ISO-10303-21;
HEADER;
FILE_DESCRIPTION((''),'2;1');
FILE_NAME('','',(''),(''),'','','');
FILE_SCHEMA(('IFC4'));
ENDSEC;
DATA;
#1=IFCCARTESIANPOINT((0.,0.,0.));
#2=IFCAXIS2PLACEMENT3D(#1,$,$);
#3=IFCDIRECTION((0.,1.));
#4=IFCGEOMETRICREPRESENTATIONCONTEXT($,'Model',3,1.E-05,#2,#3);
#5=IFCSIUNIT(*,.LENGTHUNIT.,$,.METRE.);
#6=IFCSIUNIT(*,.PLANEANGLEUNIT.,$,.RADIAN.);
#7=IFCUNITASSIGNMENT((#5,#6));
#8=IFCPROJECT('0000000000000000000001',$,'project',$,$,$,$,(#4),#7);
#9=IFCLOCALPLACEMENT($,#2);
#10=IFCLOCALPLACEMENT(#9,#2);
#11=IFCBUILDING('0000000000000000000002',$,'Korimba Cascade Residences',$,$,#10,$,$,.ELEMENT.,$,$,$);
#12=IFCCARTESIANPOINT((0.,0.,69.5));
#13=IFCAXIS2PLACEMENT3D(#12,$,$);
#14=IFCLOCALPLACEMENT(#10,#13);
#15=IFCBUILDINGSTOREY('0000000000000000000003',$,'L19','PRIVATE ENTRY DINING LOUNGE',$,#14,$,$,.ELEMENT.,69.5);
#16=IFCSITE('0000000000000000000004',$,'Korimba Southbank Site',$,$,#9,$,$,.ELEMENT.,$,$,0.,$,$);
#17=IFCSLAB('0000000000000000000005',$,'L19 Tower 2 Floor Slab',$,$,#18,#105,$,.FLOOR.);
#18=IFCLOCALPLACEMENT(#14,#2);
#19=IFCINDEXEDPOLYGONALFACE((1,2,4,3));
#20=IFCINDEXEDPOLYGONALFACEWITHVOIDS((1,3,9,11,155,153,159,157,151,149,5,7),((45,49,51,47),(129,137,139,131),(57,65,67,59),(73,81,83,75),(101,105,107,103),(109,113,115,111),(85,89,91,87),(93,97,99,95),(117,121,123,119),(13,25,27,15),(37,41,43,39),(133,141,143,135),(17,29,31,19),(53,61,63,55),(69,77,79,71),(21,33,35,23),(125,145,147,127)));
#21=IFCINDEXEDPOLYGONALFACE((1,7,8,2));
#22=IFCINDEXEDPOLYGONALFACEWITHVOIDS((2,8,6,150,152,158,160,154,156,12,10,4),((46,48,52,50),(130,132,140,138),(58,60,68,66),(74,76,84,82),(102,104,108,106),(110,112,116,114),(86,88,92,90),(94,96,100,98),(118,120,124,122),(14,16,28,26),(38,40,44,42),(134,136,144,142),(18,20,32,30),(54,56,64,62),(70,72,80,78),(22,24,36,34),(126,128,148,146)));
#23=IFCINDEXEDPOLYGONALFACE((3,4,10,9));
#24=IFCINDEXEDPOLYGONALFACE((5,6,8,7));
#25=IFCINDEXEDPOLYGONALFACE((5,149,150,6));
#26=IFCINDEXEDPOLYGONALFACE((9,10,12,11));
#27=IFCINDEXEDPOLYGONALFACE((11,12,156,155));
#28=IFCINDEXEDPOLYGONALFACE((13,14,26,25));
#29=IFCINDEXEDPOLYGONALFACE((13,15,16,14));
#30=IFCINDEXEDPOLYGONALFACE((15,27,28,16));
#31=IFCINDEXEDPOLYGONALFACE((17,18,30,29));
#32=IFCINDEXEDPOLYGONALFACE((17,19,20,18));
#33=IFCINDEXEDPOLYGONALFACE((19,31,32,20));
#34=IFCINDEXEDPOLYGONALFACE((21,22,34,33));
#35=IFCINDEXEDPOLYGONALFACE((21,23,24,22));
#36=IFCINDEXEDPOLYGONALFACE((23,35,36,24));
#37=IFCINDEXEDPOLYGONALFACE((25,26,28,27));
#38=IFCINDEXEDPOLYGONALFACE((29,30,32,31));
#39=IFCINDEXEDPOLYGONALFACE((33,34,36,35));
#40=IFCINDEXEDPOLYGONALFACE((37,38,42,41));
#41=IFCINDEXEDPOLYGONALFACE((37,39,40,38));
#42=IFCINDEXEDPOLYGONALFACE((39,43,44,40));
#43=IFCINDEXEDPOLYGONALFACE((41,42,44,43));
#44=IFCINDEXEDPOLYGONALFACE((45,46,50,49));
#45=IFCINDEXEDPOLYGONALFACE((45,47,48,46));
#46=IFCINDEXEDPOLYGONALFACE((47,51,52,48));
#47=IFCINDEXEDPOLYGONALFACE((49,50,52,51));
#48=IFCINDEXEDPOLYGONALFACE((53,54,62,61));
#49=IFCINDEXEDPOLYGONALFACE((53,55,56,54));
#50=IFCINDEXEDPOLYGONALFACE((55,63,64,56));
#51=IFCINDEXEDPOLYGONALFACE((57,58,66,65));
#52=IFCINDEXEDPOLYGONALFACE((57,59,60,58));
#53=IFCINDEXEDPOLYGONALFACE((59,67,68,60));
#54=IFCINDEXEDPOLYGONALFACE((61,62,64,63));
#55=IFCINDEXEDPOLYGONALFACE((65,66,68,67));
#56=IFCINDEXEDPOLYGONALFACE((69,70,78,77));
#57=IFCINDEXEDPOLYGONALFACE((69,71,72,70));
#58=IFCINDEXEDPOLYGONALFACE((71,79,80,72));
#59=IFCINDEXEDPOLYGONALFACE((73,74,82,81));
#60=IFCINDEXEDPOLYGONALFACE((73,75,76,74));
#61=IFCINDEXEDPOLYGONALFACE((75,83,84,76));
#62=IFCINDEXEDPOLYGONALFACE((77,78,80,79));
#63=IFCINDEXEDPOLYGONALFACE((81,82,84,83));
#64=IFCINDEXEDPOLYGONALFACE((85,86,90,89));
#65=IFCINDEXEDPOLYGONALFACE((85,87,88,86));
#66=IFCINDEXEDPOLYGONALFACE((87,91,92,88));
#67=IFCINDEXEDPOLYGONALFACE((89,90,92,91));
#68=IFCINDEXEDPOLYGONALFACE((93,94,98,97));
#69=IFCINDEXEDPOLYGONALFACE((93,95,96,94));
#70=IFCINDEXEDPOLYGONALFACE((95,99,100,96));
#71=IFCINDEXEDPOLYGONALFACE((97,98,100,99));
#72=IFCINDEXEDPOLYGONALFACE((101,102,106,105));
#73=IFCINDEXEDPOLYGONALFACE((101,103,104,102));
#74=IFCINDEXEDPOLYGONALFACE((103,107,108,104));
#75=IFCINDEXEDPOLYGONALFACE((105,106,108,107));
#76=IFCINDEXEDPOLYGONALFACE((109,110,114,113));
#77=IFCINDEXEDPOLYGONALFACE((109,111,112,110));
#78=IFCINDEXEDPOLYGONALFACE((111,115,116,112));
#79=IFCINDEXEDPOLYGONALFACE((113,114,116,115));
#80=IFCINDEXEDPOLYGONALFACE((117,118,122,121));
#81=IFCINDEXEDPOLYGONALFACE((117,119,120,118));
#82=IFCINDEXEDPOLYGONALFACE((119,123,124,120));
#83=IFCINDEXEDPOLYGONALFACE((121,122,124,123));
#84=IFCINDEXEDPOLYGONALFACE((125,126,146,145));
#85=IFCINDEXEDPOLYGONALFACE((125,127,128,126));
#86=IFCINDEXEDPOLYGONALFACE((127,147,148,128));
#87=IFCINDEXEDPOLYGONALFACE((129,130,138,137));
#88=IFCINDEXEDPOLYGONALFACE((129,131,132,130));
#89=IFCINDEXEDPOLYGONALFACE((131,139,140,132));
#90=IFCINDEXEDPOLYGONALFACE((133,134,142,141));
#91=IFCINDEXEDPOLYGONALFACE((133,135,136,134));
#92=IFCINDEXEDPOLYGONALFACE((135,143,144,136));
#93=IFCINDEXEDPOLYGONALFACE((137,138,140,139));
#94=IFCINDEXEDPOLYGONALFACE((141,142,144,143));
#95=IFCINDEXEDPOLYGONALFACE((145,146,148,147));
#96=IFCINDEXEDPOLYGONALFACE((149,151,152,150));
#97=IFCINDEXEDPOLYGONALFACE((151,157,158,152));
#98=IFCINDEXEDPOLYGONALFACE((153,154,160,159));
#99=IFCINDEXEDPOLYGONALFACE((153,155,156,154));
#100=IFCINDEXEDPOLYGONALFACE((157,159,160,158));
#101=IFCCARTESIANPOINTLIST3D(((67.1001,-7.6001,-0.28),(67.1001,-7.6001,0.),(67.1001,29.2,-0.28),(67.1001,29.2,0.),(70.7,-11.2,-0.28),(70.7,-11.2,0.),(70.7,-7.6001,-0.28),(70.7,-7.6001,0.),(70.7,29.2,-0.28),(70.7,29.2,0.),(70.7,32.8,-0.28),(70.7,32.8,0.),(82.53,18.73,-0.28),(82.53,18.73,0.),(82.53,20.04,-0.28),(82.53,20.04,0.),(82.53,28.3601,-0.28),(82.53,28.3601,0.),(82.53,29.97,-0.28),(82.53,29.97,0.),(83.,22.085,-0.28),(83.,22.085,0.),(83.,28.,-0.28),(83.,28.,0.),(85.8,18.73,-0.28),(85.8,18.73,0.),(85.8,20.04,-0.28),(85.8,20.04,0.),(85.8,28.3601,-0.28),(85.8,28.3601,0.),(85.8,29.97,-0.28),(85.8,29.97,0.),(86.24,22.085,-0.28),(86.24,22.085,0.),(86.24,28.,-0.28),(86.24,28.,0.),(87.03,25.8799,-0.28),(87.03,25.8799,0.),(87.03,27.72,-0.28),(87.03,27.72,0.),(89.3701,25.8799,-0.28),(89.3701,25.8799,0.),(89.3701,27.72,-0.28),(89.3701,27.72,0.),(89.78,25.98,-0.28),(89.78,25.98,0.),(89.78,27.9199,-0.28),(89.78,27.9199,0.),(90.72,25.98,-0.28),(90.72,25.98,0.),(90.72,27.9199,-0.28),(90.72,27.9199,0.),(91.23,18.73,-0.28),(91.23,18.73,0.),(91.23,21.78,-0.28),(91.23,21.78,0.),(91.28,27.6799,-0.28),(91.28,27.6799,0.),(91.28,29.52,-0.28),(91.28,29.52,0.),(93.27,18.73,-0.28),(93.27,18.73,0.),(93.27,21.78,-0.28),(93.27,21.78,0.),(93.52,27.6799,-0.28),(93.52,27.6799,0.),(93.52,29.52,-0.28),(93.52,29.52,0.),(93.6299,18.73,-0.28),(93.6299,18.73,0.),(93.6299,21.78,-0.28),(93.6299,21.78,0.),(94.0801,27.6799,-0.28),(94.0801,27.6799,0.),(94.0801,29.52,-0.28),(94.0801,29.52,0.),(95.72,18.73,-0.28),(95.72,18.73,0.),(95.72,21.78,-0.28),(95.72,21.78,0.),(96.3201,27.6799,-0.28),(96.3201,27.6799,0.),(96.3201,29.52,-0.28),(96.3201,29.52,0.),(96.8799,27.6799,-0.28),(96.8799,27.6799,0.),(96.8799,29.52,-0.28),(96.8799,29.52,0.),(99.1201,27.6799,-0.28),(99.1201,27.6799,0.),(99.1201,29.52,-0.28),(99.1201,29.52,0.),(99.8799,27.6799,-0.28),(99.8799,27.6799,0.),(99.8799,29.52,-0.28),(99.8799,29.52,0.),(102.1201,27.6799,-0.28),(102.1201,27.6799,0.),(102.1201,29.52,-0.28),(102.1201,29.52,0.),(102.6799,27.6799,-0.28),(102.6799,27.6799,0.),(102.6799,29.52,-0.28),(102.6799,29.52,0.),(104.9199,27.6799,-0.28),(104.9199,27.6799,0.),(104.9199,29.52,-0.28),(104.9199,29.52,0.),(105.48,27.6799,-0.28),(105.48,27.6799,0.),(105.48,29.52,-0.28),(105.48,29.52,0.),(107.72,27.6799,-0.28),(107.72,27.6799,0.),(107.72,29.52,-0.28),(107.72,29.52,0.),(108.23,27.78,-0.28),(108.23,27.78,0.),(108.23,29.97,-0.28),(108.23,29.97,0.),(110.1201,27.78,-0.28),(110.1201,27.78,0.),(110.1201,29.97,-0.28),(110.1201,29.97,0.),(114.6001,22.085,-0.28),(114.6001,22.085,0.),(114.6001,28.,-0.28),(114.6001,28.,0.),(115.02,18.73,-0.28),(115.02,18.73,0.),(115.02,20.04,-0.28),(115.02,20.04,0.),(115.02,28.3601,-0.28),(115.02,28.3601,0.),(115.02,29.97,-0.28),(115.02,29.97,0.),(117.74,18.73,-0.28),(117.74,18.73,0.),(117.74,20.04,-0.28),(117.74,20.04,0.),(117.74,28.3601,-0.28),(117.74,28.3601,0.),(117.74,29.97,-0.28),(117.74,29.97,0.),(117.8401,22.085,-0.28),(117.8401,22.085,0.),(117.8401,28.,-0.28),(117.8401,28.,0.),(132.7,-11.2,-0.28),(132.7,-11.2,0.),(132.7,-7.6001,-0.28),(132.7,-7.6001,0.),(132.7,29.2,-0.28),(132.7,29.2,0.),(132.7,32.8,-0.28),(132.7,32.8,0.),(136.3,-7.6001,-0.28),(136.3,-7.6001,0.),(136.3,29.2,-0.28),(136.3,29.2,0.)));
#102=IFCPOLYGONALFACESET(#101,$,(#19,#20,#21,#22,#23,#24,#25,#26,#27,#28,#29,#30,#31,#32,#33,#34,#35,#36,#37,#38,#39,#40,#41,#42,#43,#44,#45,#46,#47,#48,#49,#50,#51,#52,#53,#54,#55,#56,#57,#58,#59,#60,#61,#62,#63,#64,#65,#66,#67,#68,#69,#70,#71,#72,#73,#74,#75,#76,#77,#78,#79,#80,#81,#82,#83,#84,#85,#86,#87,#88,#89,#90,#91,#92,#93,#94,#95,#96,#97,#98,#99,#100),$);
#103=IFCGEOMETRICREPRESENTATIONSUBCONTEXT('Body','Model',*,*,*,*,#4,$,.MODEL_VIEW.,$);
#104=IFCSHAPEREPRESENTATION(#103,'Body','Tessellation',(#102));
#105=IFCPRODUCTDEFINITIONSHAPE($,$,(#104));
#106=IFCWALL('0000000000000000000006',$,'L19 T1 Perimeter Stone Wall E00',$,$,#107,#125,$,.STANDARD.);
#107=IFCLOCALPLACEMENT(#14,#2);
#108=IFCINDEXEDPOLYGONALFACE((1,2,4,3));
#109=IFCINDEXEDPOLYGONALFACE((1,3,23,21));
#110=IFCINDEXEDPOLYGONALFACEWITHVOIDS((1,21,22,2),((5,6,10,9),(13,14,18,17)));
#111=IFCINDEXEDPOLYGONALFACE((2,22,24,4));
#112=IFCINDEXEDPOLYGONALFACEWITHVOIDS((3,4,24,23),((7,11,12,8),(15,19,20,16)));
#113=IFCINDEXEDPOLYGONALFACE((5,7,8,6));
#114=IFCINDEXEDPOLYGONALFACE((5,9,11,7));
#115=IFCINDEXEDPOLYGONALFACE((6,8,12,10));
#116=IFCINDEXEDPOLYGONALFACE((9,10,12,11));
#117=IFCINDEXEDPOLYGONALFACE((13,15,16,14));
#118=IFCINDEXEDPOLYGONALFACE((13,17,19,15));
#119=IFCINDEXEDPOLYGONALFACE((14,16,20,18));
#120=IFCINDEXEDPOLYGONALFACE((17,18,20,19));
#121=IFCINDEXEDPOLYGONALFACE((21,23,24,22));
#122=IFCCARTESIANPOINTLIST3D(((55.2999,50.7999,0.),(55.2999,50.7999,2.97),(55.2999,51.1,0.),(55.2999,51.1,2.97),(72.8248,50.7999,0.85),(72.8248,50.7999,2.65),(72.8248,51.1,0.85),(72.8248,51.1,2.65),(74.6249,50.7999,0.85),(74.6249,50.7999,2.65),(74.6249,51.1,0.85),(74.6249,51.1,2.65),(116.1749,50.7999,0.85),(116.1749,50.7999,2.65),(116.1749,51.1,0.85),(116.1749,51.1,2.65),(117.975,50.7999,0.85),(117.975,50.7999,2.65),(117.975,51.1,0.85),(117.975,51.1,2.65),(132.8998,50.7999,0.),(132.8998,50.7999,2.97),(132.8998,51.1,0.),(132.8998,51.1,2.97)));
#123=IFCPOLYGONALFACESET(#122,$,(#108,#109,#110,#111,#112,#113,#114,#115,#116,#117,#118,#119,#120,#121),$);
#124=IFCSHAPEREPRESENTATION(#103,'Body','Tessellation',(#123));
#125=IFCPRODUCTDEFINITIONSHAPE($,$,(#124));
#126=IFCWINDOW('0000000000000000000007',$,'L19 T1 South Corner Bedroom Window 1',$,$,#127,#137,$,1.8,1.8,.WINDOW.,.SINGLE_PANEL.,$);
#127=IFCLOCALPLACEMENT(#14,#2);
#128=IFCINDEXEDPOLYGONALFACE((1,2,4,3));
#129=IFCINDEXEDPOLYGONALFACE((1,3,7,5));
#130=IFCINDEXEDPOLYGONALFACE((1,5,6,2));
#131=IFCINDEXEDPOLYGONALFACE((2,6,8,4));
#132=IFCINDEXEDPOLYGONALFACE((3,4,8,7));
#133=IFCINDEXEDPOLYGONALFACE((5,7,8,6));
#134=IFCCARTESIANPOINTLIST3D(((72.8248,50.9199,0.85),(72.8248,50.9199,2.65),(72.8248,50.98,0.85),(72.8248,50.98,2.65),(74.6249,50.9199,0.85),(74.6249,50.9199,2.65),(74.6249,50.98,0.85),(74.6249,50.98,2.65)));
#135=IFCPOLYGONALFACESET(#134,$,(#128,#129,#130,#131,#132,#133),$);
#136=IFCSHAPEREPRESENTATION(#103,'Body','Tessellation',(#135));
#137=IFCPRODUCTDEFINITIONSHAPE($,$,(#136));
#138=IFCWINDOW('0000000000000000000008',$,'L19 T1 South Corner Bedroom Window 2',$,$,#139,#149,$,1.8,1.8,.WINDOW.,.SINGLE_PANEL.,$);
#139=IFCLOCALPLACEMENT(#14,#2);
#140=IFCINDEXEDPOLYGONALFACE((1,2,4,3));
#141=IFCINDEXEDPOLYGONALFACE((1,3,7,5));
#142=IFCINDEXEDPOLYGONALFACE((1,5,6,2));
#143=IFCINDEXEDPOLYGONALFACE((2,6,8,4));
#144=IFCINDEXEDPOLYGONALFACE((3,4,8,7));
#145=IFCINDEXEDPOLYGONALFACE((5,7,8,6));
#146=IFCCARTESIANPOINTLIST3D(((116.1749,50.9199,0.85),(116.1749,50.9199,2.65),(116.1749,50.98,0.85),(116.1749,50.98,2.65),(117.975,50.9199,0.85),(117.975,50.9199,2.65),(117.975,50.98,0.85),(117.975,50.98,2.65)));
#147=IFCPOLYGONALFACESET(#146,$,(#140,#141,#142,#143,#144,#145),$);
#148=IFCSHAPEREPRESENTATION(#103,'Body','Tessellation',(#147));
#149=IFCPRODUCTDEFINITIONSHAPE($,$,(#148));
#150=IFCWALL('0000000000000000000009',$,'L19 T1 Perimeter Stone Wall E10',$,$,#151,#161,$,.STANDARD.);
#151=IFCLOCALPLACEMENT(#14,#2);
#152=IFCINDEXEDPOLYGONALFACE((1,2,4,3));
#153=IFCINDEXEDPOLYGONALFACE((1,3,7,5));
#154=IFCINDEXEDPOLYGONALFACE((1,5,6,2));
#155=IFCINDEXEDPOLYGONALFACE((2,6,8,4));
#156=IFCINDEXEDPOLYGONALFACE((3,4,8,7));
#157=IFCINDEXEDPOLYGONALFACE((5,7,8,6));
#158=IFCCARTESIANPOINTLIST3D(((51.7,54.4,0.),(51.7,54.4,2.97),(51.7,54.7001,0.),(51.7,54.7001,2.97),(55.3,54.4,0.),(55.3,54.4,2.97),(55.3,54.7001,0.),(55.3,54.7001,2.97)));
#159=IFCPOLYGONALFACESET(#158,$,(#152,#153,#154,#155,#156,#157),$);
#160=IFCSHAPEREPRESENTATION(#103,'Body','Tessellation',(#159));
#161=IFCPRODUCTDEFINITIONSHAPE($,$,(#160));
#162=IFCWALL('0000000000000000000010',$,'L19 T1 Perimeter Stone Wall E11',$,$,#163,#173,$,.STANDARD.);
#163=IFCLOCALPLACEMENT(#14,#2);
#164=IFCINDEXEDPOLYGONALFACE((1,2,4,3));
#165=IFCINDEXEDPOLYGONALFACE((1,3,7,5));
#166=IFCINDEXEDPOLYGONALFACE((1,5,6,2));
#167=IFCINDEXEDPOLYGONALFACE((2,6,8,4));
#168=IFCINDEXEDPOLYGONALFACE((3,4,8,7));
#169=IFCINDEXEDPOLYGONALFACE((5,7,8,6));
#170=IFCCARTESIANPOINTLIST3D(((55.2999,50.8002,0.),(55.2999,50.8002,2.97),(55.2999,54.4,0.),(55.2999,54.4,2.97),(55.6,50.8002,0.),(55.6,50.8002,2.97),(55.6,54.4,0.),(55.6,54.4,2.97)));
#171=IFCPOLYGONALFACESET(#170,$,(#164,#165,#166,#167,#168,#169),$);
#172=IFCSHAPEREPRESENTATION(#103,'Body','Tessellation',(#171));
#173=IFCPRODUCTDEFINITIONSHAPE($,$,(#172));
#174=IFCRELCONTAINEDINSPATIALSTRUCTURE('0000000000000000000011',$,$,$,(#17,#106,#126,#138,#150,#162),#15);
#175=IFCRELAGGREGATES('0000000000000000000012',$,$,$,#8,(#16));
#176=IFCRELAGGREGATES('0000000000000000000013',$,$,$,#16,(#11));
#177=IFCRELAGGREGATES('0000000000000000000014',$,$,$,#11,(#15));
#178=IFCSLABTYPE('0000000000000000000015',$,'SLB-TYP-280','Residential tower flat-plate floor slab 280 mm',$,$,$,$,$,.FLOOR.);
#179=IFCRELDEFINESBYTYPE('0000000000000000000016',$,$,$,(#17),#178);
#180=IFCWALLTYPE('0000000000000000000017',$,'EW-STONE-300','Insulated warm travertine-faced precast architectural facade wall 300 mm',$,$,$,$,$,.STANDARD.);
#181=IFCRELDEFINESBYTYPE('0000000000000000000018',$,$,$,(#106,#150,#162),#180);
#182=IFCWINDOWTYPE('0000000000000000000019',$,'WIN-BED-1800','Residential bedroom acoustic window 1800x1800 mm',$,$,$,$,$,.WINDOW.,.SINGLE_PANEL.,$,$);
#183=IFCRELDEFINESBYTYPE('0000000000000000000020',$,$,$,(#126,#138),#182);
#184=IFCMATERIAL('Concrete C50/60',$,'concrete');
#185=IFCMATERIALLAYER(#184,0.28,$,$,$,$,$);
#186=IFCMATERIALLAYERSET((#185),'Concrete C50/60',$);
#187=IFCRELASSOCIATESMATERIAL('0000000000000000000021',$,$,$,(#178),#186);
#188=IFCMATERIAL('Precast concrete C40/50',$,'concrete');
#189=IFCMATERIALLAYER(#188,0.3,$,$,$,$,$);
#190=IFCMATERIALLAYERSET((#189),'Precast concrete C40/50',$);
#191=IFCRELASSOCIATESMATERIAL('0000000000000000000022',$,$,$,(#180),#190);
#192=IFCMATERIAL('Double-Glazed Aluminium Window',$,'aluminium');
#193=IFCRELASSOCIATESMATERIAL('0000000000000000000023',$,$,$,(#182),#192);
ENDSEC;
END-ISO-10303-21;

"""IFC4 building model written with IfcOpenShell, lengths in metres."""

from ifc_helpers import new_model, si_unit, direction, frame, frame_2d, origin, place, context, subcontext, project, spatial, polyline, rectangle, outline, extrude, material, layer, layer_set, type_object, element, fill, save


model = new_model("IFC4")

# Units and contexts
model_context = context("Model", 3, precision=1e-05, world=origin(), true_north=direction((0.0, 1.0)))
body_context = subcontext(model_context, "Body", "Model", "MODEL_VIEW")
ifc_project = project(units=[si_unit("LENGTHUNIT", "METRE"), si_unit("PLANEANGLEUNIT", "RADIAN")], contexts=[model_context])

# Site, building, storey
site_placement = place(None, origin())
site = spatial("IfcSite", under=ifc_project, at=site_placement, Name="Korimba Southbank Site", CompositionType="ELEMENT", RefElevation=0.0)
building_placement = place(site_placement, origin())
building = spatial("IfcBuilding", under=site, at=building_placement, Name="Korimba Cascade Residences", CompositionType="ELEMENT")
storey_placement = place(building_placement, frame((0.0, 0.0, 69.5)))
storey = spatial("IfcBuildingStorey", under=building, at=storey_placement, Name="L19", Description="PRIVATE ENTRY DINING LOUNGE", CompositionType="ELEMENT", Elevation=69.5)

# Shared definitions
ifc_material_1 = material(Name="Concrete C50/60", Category="concrete")

# Slab
ifc_material_2 = material(Name="Precast concrete C40/50", Category="concrete")
ifc_layer_1 = layer(ifc_material_1, 0.28)
ifc_layer_set_1 = layer_set([ifc_layer_1], Name="Concrete C50/60")
slab_type_1 = type_object("IfcSlabType", Name="SLB-TYP-280", Description="Residential tower flat-plate floor slab 280 mm", PredefinedType="FLOOR", material=ifc_layer_set_1)
slab_1_placement = place(storey_placement, frame((0.0, 0.0, -0.28)))
element("IfcSlab", 1, at=slab_1_placement, inside=storey, type_object=slab_type_1, Name="L19 Tower 2 Floor Slab", PredefinedType="FLOOR", context=body_context, shape_type="SweptSolid", body=[
    extrude(outline(polyline([(70.7, -11.2), (132.7, -11.2), (132.7, -7.6001), (136.3, -7.6001), (136.3, 29.2), (132.7, 29.2), (132.7, 32.8), (70.7, 32.8), (70.7, 29.2), (67.1001, 29.2), (67.1001, -7.6001), (70.7, -7.6001), (70.7, -11.2)]), holes=[polyline([(86.24, 22.085), (86.24, 28.0), (83.0, 28.0), (83.0, 22.085), (86.24, 22.085)]), polyline([(117.8401, 22.085), (117.8401, 28.0), (114.6001, 28.0), (114.6001, 22.085), (117.8401, 22.085)]), polyline([(87.03, 25.8799), (89.3701, 25.8799), (89.3701, 27.72), (87.03, 27.72), (87.03, 25.8799)]), polyline([(91.28, 27.6799), (93.52, 27.6799), (93.52, 29.52), (91.28, 29.52), (91.28, 27.6799)]), polyline([(94.0801, 27.6799), (96.3201, 27.6799), (96.3201, 29.52), (94.0801, 29.52), (94.0801, 27.6799)]), polyline([(96.8799, 27.6799), (99.1201, 27.6799), (99.1201, 29.52), (96.8799, 29.52), (96.8799, 27.6799)]), polyline([(99.8799, 27.6799), (102.1201, 27.6799), (102.1201, 29.52), (99.8799, 29.52), (99.8799, 27.6799)]), polyline([(102.6799, 27.6799), (104.9199, 27.6799), (104.9199, 29.52), (102.6799, 29.52), (102.6799, 27.6799)]), polyline([(105.48, 27.6799), (107.72, 27.6799), (107.72, 29.52), (105.48, 29.52), (105.48, 27.6799)]), polyline([(89.78, 25.98), (90.72, 25.98), (90.72, 27.9199), (89.78, 27.9199), (89.78, 25.98)]), polyline([(82.53, 18.73), (85.8, 18.73), (85.8, 20.04), (82.53, 20.04), (82.53, 18.73)]), polyline([(82.53, 28.3601), (85.8, 28.3601), (85.8, 29.97), (82.53, 29.97), (82.53, 28.3601)]), polyline([(108.23, 27.78), (110.1201, 27.78), (110.1201, 29.97), (108.23, 29.97), (108.23, 27.78)]), polyline([(91.23, 18.73), (93.27, 18.73), (93.27, 21.78), (91.23, 21.78), (91.23, 18.73)]), polyline([(93.6299, 18.73), (95.72, 18.73), (95.72, 21.78), (93.6299, 21.78), (93.6299, 18.73)]), polyline([(115.02, 18.73), (117.74, 18.73), (117.74, 20.04), (115.02, 20.04), (115.02, 18.73)]), polyline([(115.02, 28.3601), (117.74, 28.3601), (117.74, 29.97), (115.02, 29.97), (115.02, 28.3601)])]), origin(), (0.0, 0.0, 1.0), 0.28),
])

# Wall, openings, windows
ifc_layer_2 = layer(ifc_material_2, 0.3)
ifc_layer_set_2 = layer_set([ifc_layer_2], Name="Precast concrete C40/50")
wall_type_1 = type_object("IfcWallType", Name="EW-STONE-300", Description="Insulated warm travertine-faced precast architectural facade wall 300 mm", PredefinedType="STANDARD", material=ifc_layer_set_2)
wall_1_placement = place(storey_placement, frame((55.3, 50.95, 0.0), z_axis=(0.0, 0.0, 1.0), x_axis=(1.0, 0.0, 0.0)))
wall_1 = element("IfcWall", 2, at=wall_1_placement, inside=storey, type_object=wall_type_1, Name="L19 T1 Perimeter Stone Wall E00", PredefinedType="STANDARD", context=body_context, shape_type="SweptSolid", body=[
    extrude(rectangle(XDim=77.5999, YDim=0.3, at=frame_2d((38.7998, 0.0))), origin(), (0.0, 0.0, 1.0), 2.97),
])
opening_1_placement = place(wall_1_placement, frame((17.5249, 0.0, 0.8501)))
opening_1 = element("IfcOpeningElement", 3, at=opening_1_placement, cuts=wall_1, PredefinedType="OPENING", context=body_context, shape_type="SweptSolid", body=[
    extrude(rectangle(XDim=1.8, YDim=1.8, at=frame_2d((0.8999, 0.8999))), frame((0.0, 0.1602, 0.0), z_axis=(0.0, -1.0, 0.0), x_axis=(1.0, 0.0, 0.0)), (0.0, 0.0, 1.0), 0.3201),
])
opening_2_placement = place(wall_1_placement, frame((60.875, 0.0, 0.8501)))
opening_2 = element("IfcOpeningElement", 4, at=opening_2_placement, cuts=wall_1, PredefinedType="OPENING", context=body_context, shape_type="SweptSolid", body=[
    extrude(rectangle(XDim=1.8, YDim=1.8, at=frame_2d((0.8999, 0.8999))), frame((0.0, 0.1602, 0.0), z_axis=(0.0, -1.0, 0.0), x_axis=(1.0, 0.0, 0.0)), (0.0, 0.0, 1.0), 0.3201),
])
ifc_material_3 = material(Name="Double-Glazed Aluminium Window", Category="aluminium")
window_type = type_object("IfcWindowType", Name="WIN-BED-1800", Description="Residential bedroom acoustic window 1800x1800 mm", PartitioningType="SINGLE_PANEL", PredefinedType="WINDOW", material=ifc_material_3)
window_1_placement = place(opening_1_placement, origin())
window_1 = element("IfcWindow", 5, at=window_1_placement, inside=storey, type_object=window_type, Name="L19 T1 South Corner Bedroom Window 1", OverallHeight=1.8, OverallWidth=1.8, PartitioningType="SINGLE_PANEL", PredefinedType="WINDOW", context=body_context, shape_type="SweptSolid", body=[
    extrude(rectangle(XDim=1.8, YDim=1.8, at=frame_2d((0.8999, 0.8999))), frame((0.0, 0.03, 0.0), z_axis=(0.0, -1.0, 0.0), x_axis=(1.0, 0.0, 0.0)), (0.0, 0.0, 1.0), 0.0601),
])
fill(opening_1, window_1)
window_2_placement = place(opening_2_placement, origin())
window_2 = element("IfcWindow", 6, at=window_2_placement, inside=storey, type_object=window_type, Name="L19 T1 South Corner Bedroom Window 2", OverallHeight=1.8, OverallWidth=1.8, PartitioningType="SINGLE_PANEL", PredefinedType="WINDOW", context=body_context, shape_type="SweptSolid", body=[
    extrude(rectangle(XDim=1.8, YDim=1.8, at=frame_2d((0.8999, 0.8999))), frame((0.0, 0.03, 0.0), z_axis=(0.0, -1.0, 0.0), x_axis=(1.0, 0.0, 0.0)), (0.0, 0.0, 1.0), 0.0601),
])
fill(opening_2, window_2)

# Walls
wall_2_placement = place(storey_placement, frame((51.7, 54.55, 0.0), z_axis=(0.0, 0.0, 1.0), x_axis=(1.0, 0.0, 0.0)))
element("IfcWall", 7, at=wall_2_placement, inside=storey, type_object=wall_type_1, Name="L19 T1 Perimeter Stone Wall E10", PredefinedType="STANDARD", context=body_context, shape_type="SweptSolid", body=[
    extrude(rectangle(XDim=3.6001, YDim=0.3, at=frame_2d((1.8, 0.0))), origin(), (0.0, 0.0, 1.0), 2.97),
])
wall_3_placement = place(storey_placement, frame((55.45, 54.3999, 0.0), z_axis=(0.0, 0.0, 1.0), x_axis=(0.0, -1.0, 0.0)))
element("IfcWall", 8, at=wall_3_placement, inside=storey, type_object=wall_type_1, Name="L19 T1 Perimeter Stone Wall E11", PredefinedType="STANDARD", context=body_context, shape_type="SweptSolid", body=[
    extrude(rectangle(XDim=3.5999, YDim=0.3, at=frame_2d((1.7998, 0.0))), origin(), (0.0, 0.0, 1.0), 2.97),
])

save(model, "model.ifc")
